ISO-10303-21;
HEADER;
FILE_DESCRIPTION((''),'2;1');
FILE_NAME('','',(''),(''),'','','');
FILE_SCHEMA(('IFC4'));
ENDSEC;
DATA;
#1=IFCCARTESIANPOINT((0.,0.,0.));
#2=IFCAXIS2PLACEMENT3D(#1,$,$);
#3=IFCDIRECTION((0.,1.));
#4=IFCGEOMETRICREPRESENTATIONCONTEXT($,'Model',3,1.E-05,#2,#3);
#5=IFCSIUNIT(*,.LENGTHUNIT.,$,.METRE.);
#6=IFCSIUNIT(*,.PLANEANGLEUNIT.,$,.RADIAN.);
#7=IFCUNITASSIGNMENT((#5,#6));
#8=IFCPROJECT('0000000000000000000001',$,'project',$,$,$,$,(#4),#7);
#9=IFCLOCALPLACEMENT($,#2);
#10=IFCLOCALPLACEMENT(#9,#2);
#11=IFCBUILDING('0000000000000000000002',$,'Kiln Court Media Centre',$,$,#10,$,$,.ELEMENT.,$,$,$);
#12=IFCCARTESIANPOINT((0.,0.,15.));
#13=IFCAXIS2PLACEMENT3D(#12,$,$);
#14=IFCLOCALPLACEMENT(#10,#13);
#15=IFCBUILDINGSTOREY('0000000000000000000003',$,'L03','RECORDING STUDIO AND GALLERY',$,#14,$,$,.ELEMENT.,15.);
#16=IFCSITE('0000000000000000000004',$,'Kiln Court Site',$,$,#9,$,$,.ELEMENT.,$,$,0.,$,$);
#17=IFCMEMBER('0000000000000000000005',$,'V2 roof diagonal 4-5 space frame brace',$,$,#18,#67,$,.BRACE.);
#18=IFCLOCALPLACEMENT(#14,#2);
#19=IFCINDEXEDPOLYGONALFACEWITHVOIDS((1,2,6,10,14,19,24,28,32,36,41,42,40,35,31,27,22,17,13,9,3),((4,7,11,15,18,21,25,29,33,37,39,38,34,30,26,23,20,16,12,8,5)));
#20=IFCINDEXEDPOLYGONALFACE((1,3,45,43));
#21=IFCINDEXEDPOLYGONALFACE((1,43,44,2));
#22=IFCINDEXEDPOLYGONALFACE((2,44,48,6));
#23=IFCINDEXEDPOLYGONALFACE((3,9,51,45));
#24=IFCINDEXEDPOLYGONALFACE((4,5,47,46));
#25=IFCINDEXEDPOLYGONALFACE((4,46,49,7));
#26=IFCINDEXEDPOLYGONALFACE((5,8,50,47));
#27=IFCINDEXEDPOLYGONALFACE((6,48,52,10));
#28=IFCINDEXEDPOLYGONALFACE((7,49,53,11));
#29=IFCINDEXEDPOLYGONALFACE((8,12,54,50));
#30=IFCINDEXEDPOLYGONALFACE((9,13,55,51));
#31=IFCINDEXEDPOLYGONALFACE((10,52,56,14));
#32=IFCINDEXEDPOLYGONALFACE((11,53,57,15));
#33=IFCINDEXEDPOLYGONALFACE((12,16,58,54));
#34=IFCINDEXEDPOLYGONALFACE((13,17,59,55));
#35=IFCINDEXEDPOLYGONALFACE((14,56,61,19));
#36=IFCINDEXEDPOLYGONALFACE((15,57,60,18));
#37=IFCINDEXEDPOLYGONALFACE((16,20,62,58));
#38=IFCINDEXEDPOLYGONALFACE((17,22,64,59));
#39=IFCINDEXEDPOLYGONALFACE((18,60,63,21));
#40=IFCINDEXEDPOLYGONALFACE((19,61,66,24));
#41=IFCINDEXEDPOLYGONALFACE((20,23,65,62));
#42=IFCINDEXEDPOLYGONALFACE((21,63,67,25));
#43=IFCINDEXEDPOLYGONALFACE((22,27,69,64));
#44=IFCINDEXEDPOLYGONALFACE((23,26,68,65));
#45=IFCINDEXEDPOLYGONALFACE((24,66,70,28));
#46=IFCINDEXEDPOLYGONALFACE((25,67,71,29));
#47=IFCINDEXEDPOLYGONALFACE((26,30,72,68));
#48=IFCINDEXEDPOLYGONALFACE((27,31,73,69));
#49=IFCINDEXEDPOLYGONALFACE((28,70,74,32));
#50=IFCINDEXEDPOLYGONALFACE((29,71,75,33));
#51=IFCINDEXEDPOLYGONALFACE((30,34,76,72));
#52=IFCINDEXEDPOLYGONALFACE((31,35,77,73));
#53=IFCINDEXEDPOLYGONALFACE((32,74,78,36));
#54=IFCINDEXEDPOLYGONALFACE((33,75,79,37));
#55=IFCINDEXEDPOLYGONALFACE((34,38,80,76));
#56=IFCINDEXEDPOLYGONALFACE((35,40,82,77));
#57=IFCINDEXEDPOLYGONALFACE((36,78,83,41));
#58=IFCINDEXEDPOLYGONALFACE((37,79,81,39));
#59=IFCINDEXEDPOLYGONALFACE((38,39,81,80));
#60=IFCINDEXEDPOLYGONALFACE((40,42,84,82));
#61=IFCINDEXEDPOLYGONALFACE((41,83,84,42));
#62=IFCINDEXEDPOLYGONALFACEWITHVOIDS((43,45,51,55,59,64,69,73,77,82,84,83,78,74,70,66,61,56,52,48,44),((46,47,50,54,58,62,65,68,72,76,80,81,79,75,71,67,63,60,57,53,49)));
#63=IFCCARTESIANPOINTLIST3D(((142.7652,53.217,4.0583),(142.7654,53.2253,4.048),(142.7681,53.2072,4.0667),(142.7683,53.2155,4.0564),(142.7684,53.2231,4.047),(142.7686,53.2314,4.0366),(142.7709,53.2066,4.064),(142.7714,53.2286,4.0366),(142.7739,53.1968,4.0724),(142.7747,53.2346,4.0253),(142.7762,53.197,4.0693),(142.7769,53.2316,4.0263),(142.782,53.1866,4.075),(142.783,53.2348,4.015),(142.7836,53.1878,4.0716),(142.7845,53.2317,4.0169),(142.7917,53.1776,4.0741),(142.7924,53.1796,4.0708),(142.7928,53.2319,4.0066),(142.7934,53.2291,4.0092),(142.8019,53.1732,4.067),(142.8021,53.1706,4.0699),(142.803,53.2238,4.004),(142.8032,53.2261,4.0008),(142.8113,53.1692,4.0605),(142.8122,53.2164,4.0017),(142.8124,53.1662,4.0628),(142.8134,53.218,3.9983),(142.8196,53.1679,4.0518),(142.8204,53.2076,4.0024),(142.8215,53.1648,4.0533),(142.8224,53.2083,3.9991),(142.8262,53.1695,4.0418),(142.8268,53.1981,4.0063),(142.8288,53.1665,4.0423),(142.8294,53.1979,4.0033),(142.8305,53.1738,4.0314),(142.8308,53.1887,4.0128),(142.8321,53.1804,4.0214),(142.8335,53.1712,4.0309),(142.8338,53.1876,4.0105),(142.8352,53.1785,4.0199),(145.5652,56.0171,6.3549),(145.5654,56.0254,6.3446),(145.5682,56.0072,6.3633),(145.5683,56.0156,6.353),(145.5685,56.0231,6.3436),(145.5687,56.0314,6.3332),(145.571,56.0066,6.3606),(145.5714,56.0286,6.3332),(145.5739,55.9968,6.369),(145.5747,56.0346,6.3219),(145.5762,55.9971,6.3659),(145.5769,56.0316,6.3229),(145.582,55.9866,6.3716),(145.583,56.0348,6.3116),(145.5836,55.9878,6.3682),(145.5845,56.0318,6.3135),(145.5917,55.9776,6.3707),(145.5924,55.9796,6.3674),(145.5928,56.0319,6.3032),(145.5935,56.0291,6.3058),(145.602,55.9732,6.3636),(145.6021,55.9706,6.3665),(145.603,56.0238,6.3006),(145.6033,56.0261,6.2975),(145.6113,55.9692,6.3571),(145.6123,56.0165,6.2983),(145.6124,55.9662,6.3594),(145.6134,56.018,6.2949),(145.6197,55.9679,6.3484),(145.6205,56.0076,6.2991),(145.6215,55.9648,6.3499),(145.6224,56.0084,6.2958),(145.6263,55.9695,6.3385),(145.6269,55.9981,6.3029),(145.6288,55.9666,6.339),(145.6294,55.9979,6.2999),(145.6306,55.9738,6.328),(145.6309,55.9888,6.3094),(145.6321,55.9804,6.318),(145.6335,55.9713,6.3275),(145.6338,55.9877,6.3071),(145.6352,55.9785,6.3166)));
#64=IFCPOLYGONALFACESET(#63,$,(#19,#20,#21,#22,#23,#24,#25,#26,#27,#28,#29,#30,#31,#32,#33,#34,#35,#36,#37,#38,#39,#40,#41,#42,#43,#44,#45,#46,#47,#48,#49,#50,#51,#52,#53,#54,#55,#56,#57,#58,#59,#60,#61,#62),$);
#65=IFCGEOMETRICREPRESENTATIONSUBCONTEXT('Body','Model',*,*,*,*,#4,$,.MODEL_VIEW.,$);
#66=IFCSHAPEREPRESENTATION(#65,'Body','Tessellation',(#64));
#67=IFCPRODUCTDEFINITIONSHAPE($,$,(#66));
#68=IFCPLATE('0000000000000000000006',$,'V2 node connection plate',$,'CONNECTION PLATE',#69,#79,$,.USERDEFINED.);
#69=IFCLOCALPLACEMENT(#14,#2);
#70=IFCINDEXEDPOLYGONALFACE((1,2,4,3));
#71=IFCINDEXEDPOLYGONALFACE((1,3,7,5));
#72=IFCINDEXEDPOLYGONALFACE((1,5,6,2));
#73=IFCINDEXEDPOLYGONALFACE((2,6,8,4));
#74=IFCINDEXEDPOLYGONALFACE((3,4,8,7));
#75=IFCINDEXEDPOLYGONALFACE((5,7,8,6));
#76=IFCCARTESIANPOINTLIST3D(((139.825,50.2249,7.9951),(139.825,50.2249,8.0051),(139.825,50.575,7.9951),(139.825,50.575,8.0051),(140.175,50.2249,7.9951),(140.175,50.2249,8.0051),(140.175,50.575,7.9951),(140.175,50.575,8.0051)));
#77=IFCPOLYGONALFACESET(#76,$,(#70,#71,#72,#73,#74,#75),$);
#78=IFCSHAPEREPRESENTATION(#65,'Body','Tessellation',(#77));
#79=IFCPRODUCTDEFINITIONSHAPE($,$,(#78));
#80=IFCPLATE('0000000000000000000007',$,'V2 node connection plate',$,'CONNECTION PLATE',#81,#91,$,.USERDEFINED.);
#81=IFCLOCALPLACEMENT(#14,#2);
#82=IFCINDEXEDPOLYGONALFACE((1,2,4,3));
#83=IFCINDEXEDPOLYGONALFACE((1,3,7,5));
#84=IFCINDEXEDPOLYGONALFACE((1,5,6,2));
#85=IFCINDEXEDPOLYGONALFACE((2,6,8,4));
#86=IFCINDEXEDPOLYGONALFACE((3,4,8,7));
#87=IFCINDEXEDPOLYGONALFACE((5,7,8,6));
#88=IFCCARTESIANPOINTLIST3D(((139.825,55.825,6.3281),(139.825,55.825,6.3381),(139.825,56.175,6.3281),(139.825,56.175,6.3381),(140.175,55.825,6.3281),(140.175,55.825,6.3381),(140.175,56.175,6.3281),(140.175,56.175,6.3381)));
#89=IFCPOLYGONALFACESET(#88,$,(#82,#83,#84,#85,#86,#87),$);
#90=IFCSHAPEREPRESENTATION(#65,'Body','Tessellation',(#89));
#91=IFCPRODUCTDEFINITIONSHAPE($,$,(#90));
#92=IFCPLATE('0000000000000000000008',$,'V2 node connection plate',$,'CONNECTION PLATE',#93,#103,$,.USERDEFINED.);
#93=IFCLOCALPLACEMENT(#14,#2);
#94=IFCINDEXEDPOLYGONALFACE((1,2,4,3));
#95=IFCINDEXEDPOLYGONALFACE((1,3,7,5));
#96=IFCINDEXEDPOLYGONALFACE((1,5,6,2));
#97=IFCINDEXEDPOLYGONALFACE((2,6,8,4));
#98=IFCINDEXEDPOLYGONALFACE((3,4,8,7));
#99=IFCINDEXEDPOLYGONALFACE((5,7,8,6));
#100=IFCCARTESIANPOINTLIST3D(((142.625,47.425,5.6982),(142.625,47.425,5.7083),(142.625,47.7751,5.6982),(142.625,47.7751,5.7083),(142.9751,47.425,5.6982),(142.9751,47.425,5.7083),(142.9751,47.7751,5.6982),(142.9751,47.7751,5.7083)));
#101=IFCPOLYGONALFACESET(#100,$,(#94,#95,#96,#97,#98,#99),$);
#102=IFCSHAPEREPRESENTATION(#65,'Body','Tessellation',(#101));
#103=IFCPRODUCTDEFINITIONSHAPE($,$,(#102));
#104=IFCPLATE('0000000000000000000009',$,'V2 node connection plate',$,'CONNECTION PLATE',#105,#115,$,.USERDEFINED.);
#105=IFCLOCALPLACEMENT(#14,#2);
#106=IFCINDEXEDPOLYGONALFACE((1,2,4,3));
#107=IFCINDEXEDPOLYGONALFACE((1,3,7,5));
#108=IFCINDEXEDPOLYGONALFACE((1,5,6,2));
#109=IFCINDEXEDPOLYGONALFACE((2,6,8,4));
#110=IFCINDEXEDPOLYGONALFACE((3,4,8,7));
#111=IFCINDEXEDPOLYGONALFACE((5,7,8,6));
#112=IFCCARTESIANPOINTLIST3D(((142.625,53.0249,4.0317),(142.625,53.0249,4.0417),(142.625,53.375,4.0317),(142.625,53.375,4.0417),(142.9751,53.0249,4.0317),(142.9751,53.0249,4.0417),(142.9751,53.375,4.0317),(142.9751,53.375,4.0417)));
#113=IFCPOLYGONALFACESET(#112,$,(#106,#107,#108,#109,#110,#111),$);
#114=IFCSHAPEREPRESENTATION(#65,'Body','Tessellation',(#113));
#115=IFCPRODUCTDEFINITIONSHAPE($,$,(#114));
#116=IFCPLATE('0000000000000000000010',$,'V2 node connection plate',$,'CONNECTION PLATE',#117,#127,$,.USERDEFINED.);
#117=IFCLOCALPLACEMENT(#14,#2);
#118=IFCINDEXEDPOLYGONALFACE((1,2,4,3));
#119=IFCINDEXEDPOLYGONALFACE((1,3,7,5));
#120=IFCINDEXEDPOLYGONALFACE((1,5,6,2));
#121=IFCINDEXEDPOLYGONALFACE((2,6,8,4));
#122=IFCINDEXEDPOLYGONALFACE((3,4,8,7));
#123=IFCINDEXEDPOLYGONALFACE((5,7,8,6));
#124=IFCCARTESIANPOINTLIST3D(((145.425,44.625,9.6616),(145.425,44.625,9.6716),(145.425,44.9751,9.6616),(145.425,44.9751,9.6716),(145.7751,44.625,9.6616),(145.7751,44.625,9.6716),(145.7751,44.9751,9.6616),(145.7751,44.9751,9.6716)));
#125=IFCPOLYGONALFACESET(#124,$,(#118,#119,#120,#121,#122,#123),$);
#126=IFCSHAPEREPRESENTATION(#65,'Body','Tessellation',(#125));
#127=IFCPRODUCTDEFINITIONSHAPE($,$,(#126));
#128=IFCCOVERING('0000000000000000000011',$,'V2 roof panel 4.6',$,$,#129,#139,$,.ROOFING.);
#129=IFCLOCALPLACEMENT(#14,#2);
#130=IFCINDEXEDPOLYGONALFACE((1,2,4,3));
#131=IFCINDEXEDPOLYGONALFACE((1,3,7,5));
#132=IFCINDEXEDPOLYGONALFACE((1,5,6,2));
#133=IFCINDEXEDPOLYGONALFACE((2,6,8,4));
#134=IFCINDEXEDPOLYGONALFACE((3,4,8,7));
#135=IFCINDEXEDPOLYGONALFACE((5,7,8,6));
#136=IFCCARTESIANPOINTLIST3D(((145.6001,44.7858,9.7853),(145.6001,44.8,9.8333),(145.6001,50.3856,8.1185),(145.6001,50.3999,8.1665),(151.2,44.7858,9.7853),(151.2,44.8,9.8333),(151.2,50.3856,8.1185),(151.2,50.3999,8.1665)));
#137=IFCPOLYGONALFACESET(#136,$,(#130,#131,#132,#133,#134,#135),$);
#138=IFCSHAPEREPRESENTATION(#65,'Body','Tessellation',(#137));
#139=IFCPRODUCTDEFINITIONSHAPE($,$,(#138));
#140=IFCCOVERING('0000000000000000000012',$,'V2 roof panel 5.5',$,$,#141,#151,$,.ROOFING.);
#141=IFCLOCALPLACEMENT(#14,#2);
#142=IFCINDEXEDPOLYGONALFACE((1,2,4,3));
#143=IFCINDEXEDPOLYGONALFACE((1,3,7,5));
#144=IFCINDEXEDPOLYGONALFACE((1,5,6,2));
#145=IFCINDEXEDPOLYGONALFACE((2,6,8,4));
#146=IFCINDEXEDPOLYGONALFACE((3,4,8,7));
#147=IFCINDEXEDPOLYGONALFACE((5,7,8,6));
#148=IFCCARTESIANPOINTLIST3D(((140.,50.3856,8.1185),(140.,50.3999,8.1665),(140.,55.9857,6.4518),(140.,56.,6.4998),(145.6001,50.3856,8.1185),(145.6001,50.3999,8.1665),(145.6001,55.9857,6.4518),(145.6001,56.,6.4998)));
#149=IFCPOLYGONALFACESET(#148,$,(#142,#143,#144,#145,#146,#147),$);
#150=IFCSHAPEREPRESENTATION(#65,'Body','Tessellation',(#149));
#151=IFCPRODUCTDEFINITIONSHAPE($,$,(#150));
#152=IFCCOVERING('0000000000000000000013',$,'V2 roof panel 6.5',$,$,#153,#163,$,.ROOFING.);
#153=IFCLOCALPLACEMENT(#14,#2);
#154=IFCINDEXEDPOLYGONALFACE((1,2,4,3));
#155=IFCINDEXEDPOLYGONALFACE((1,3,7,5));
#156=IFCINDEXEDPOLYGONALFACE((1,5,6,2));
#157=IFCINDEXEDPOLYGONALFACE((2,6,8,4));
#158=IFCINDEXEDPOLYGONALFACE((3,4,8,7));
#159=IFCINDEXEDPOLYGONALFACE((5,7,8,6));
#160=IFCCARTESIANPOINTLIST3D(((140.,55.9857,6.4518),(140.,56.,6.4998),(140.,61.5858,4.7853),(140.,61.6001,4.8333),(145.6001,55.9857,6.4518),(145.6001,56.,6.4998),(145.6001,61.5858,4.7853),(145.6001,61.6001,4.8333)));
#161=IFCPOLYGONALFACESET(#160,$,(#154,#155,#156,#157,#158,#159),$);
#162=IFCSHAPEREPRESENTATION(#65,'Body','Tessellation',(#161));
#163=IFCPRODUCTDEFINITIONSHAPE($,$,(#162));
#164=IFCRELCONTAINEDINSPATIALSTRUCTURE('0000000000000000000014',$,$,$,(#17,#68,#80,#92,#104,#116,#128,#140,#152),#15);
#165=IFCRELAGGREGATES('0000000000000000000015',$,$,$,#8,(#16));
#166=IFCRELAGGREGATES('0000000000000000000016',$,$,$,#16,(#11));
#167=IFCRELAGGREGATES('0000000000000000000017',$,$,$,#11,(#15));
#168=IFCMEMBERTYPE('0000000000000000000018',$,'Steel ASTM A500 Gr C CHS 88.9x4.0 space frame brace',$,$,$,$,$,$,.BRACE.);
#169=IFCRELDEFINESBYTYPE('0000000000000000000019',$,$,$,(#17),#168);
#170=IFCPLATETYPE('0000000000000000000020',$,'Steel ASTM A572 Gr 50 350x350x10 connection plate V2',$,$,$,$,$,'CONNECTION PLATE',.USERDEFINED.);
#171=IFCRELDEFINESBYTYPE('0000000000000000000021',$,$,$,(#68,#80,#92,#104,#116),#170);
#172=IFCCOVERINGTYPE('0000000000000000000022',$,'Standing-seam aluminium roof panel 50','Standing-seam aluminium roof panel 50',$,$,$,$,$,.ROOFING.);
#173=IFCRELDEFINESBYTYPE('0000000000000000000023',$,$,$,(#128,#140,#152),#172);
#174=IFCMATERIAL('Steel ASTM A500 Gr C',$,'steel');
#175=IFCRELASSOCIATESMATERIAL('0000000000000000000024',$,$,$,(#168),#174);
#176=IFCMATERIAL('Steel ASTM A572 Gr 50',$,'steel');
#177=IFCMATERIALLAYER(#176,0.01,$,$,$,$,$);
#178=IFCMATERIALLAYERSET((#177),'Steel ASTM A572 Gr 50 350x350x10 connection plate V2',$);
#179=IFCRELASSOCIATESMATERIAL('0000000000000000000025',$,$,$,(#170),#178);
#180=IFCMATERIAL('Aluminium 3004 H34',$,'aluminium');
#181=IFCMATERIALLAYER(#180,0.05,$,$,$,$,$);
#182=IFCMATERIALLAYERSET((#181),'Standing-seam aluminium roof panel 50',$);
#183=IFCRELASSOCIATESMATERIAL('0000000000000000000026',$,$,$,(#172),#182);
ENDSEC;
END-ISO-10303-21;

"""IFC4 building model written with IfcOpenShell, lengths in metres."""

from ifc_helpers import new_model, si_unit, direction, frame, origin, origin_2d, place, context, subcontext, project, spatial, polyline, rectangle, hollow_circle, outline, extrude, material, layer, layer_set, material_profile, profile_set, type_object, element, save


model = new_model("IFC4")

# Units and contexts
model_context = context("Model", 3, precision=1e-05, world=origin(), true_north=direction((0.0, 1.0)))
body_context = subcontext(model_context, "Body", "Model", "MODEL_VIEW")
ifc_project = project(units=[si_unit("LENGTHUNIT", "METRE"), si_unit("PLANEANGLEUNIT", "RADIAN")], contexts=[model_context])

# Site, building, storey
site_placement = place(None, origin())
site = spatial("IfcSite", under=ifc_project, at=site_placement, Name="Kiln Court Site", CompositionType="ELEMENT", RefElevation=0.0)
building_placement = place(site_placement, origin())
building = spatial("IfcBuilding", under=site, at=building_placement, Name="Kiln Court Media Centre", CompositionType="ELEMENT")
storey_placement = place(building_placement, frame((0.0, 0.0, 15.0)))
storey = spatial("IfcBuildingStorey", under=building, at=storey_placement, Name="L03", Description="RECORDING STUDIO AND GALLERY", CompositionType="ELEMENT", Elevation=15.0)

# Member
ifc_material_1 = material(Name="Steel ASTM A500 Gr C", Category="steel")
ifc_material_profile_1 = material_profile(ifc_material_1, hollow_circle(Radius=0.0444, WallThickness=0.0039, at=origin_2d()), Name="CHS 88.9x4.0")
ifc_profile_set_1 = profile_set([ifc_material_profile_1], Name="Steel ASTM A500 Gr C")
member_type_1 = type_object("IfcMemberType", Name="Steel ASTM A500 Gr C CHS 88.9x4.0 space frame brace", PredefinedType="BRACE", material=ifc_profile_set_1)
member_1_placement = place(storey_placement, frame((142.8, 53.2, 4.0366), z_axis=(0.611676, 0.611676, 0.501703), x_axis=(-0.707107, 0.707107, 0.0)))
element("IfcMember", 1, at=member_1_placement, inside=storey, type_object=member_type_1, Name="V2 roof diagonal 4-5 space frame brace", PredefinedType="BRACE", context=body_context, shape_type="SweptSolid", body=[
    extrude(hollow_circle(Radius=0.0444, WallThickness=0.0039, at=origin_2d()), origin(), (0.0, 0.0, 1.0), 4.5776),
])

# Plates
ifc_material_2 = material(Name="Steel ASTM A572 Gr 50", Category="steel")
ifc_layer_1 = layer(ifc_material_2, 0.01)
ifc_layer_set_1 = layer_set([ifc_layer_1], Name="Steel ASTM A572 Gr 50 350x350x10 connection plate V2")
plate_type = type_object("IfcPlateType", Name="Steel ASTM A572 Gr 50 350x350x10 connection plate V2", ElementType="CONNECTION PLATE", PredefinedType="USERDEFINED", material=ifc_layer_set_1)
for number, where, z_axis, x_axis, name in (
    (2, (140.0, 50.3999, 7.9951), (0.0, 0.0, 1.0), (1.0, 0.0, 0.0), "V2 node connection plate"),
    (3, (140.0, 56.0, 6.3281), (0.0, 0.0, 1.0), (1.0, 0.0, 0.0), "V2 node connection plate"),
    (4, (142.8, 47.6001, 5.6982), (0.0, 0.0, 1.0), (1.0, 0.0, 0.0), "V2 node connection plate"),
    (5, (142.8, 53.2, 4.0317), (0.0, 0.0, 1.0), (1.0, 0.0, 0.0), "V2 node connection plate"),
    (6, (145.6001, 44.8, 9.6616), (0.0, 0.0, 1.0), (1.0, 0.0, 0.0), "V2 node connection plate"),
):
    element("IfcPlate", number, at=place(storey_placement, frame(where, z_axis=z_axis, x_axis=x_axis)), inside=storey, type_object=plate_type, Name=name, ObjectType="CONNECTION PLATE", PredefinedType="USERDEFINED", context=body_context, shape_type="SweptSolid", body=[
        extrude(rectangle(XDim=0.3501, YDim=0.3501, at=origin_2d()), origin(), (0.0, 0.0, 1.0), 0.01),
    ])

# Coverings
ifc_material_3 = material(Name="Aluminium 3004 H34", Category="aluminium")
ifc_layer_2 = layer(ifc_material_3, 0.05)
ifc_layer_set_2 = layer_set([ifc_layer_2], Name="Standing-seam aluminium roof panel 50")
covering_type = type_object("IfcCoveringType", Name="Standing-seam aluminium roof panel 50", Description="Standing-seam aluminium roof panel 50", PredefinedType="ROOFING", material=ifc_layer_set_2)
covering_1_placement = place(storey_placement, frame((145.6001, 44.8, 9.8333), z_axis=(0.0, 0.285273, 0.958446), x_axis=(0.0, 0.958446, -0.285273)))
element("IfcCovering", 7, at=covering_1_placement, inside=storey, type_object=covering_type, Name="V2 roof panel 4.6", PredefinedType="ROOFING", context=body_context, shape_type="SweptSolid", body=[
    extrude(outline(polyline([(0.0, 0.0), (5.8426, 0.0), (5.8426, -5.5999), (0.0, -5.5999), (0.0, 0.0)])), origin(), (0.0, 0.0, -1.0), 0.05),
])
covering_2_placement = place(storey_placement, frame((140.0, 50.3999, 8.1665), z_axis=(0.0, 0.285262, 0.95845), x_axis=(0.0, 0.95845, -0.285262)))
element("IfcCovering", 8, at=covering_2_placement, inside=storey, type_object=covering_type, Name="V2 roof panel 5.5", PredefinedType="ROOFING", context=body_context, shape_type="SweptSolid", body=[
    extrude(outline(polyline([(0.0, 0.0), (5.8429, 0.0), (5.8429, -5.6001), (0.0, -5.6001), (0.0, 0.0)])), origin(), (0.0, 0.0, -1.0), 0.05),
])
covering_3_placement = place(storey_placement, frame((140.0, 56.0, 6.4998), z_axis=(0.0, 0.285223, 0.958461), x_axis=(0.0, 0.958461, -0.285223)))
element("IfcCovering", 9, at=covering_3_placement, inside=storey, type_object=covering_type, Name="V2 roof panel 6.5", PredefinedType="ROOFING", context=body_context, shape_type="SweptSolid", body=[
    extrude(outline(polyline([(0.0, 0.0), (5.8428, 0.0), (5.8428, -5.6001), (0.0, -5.6001), (0.0, 0.0)])), origin(), (0.0, 0.0, -1.0), 0.05),
])

save(model, "model.ifc")
